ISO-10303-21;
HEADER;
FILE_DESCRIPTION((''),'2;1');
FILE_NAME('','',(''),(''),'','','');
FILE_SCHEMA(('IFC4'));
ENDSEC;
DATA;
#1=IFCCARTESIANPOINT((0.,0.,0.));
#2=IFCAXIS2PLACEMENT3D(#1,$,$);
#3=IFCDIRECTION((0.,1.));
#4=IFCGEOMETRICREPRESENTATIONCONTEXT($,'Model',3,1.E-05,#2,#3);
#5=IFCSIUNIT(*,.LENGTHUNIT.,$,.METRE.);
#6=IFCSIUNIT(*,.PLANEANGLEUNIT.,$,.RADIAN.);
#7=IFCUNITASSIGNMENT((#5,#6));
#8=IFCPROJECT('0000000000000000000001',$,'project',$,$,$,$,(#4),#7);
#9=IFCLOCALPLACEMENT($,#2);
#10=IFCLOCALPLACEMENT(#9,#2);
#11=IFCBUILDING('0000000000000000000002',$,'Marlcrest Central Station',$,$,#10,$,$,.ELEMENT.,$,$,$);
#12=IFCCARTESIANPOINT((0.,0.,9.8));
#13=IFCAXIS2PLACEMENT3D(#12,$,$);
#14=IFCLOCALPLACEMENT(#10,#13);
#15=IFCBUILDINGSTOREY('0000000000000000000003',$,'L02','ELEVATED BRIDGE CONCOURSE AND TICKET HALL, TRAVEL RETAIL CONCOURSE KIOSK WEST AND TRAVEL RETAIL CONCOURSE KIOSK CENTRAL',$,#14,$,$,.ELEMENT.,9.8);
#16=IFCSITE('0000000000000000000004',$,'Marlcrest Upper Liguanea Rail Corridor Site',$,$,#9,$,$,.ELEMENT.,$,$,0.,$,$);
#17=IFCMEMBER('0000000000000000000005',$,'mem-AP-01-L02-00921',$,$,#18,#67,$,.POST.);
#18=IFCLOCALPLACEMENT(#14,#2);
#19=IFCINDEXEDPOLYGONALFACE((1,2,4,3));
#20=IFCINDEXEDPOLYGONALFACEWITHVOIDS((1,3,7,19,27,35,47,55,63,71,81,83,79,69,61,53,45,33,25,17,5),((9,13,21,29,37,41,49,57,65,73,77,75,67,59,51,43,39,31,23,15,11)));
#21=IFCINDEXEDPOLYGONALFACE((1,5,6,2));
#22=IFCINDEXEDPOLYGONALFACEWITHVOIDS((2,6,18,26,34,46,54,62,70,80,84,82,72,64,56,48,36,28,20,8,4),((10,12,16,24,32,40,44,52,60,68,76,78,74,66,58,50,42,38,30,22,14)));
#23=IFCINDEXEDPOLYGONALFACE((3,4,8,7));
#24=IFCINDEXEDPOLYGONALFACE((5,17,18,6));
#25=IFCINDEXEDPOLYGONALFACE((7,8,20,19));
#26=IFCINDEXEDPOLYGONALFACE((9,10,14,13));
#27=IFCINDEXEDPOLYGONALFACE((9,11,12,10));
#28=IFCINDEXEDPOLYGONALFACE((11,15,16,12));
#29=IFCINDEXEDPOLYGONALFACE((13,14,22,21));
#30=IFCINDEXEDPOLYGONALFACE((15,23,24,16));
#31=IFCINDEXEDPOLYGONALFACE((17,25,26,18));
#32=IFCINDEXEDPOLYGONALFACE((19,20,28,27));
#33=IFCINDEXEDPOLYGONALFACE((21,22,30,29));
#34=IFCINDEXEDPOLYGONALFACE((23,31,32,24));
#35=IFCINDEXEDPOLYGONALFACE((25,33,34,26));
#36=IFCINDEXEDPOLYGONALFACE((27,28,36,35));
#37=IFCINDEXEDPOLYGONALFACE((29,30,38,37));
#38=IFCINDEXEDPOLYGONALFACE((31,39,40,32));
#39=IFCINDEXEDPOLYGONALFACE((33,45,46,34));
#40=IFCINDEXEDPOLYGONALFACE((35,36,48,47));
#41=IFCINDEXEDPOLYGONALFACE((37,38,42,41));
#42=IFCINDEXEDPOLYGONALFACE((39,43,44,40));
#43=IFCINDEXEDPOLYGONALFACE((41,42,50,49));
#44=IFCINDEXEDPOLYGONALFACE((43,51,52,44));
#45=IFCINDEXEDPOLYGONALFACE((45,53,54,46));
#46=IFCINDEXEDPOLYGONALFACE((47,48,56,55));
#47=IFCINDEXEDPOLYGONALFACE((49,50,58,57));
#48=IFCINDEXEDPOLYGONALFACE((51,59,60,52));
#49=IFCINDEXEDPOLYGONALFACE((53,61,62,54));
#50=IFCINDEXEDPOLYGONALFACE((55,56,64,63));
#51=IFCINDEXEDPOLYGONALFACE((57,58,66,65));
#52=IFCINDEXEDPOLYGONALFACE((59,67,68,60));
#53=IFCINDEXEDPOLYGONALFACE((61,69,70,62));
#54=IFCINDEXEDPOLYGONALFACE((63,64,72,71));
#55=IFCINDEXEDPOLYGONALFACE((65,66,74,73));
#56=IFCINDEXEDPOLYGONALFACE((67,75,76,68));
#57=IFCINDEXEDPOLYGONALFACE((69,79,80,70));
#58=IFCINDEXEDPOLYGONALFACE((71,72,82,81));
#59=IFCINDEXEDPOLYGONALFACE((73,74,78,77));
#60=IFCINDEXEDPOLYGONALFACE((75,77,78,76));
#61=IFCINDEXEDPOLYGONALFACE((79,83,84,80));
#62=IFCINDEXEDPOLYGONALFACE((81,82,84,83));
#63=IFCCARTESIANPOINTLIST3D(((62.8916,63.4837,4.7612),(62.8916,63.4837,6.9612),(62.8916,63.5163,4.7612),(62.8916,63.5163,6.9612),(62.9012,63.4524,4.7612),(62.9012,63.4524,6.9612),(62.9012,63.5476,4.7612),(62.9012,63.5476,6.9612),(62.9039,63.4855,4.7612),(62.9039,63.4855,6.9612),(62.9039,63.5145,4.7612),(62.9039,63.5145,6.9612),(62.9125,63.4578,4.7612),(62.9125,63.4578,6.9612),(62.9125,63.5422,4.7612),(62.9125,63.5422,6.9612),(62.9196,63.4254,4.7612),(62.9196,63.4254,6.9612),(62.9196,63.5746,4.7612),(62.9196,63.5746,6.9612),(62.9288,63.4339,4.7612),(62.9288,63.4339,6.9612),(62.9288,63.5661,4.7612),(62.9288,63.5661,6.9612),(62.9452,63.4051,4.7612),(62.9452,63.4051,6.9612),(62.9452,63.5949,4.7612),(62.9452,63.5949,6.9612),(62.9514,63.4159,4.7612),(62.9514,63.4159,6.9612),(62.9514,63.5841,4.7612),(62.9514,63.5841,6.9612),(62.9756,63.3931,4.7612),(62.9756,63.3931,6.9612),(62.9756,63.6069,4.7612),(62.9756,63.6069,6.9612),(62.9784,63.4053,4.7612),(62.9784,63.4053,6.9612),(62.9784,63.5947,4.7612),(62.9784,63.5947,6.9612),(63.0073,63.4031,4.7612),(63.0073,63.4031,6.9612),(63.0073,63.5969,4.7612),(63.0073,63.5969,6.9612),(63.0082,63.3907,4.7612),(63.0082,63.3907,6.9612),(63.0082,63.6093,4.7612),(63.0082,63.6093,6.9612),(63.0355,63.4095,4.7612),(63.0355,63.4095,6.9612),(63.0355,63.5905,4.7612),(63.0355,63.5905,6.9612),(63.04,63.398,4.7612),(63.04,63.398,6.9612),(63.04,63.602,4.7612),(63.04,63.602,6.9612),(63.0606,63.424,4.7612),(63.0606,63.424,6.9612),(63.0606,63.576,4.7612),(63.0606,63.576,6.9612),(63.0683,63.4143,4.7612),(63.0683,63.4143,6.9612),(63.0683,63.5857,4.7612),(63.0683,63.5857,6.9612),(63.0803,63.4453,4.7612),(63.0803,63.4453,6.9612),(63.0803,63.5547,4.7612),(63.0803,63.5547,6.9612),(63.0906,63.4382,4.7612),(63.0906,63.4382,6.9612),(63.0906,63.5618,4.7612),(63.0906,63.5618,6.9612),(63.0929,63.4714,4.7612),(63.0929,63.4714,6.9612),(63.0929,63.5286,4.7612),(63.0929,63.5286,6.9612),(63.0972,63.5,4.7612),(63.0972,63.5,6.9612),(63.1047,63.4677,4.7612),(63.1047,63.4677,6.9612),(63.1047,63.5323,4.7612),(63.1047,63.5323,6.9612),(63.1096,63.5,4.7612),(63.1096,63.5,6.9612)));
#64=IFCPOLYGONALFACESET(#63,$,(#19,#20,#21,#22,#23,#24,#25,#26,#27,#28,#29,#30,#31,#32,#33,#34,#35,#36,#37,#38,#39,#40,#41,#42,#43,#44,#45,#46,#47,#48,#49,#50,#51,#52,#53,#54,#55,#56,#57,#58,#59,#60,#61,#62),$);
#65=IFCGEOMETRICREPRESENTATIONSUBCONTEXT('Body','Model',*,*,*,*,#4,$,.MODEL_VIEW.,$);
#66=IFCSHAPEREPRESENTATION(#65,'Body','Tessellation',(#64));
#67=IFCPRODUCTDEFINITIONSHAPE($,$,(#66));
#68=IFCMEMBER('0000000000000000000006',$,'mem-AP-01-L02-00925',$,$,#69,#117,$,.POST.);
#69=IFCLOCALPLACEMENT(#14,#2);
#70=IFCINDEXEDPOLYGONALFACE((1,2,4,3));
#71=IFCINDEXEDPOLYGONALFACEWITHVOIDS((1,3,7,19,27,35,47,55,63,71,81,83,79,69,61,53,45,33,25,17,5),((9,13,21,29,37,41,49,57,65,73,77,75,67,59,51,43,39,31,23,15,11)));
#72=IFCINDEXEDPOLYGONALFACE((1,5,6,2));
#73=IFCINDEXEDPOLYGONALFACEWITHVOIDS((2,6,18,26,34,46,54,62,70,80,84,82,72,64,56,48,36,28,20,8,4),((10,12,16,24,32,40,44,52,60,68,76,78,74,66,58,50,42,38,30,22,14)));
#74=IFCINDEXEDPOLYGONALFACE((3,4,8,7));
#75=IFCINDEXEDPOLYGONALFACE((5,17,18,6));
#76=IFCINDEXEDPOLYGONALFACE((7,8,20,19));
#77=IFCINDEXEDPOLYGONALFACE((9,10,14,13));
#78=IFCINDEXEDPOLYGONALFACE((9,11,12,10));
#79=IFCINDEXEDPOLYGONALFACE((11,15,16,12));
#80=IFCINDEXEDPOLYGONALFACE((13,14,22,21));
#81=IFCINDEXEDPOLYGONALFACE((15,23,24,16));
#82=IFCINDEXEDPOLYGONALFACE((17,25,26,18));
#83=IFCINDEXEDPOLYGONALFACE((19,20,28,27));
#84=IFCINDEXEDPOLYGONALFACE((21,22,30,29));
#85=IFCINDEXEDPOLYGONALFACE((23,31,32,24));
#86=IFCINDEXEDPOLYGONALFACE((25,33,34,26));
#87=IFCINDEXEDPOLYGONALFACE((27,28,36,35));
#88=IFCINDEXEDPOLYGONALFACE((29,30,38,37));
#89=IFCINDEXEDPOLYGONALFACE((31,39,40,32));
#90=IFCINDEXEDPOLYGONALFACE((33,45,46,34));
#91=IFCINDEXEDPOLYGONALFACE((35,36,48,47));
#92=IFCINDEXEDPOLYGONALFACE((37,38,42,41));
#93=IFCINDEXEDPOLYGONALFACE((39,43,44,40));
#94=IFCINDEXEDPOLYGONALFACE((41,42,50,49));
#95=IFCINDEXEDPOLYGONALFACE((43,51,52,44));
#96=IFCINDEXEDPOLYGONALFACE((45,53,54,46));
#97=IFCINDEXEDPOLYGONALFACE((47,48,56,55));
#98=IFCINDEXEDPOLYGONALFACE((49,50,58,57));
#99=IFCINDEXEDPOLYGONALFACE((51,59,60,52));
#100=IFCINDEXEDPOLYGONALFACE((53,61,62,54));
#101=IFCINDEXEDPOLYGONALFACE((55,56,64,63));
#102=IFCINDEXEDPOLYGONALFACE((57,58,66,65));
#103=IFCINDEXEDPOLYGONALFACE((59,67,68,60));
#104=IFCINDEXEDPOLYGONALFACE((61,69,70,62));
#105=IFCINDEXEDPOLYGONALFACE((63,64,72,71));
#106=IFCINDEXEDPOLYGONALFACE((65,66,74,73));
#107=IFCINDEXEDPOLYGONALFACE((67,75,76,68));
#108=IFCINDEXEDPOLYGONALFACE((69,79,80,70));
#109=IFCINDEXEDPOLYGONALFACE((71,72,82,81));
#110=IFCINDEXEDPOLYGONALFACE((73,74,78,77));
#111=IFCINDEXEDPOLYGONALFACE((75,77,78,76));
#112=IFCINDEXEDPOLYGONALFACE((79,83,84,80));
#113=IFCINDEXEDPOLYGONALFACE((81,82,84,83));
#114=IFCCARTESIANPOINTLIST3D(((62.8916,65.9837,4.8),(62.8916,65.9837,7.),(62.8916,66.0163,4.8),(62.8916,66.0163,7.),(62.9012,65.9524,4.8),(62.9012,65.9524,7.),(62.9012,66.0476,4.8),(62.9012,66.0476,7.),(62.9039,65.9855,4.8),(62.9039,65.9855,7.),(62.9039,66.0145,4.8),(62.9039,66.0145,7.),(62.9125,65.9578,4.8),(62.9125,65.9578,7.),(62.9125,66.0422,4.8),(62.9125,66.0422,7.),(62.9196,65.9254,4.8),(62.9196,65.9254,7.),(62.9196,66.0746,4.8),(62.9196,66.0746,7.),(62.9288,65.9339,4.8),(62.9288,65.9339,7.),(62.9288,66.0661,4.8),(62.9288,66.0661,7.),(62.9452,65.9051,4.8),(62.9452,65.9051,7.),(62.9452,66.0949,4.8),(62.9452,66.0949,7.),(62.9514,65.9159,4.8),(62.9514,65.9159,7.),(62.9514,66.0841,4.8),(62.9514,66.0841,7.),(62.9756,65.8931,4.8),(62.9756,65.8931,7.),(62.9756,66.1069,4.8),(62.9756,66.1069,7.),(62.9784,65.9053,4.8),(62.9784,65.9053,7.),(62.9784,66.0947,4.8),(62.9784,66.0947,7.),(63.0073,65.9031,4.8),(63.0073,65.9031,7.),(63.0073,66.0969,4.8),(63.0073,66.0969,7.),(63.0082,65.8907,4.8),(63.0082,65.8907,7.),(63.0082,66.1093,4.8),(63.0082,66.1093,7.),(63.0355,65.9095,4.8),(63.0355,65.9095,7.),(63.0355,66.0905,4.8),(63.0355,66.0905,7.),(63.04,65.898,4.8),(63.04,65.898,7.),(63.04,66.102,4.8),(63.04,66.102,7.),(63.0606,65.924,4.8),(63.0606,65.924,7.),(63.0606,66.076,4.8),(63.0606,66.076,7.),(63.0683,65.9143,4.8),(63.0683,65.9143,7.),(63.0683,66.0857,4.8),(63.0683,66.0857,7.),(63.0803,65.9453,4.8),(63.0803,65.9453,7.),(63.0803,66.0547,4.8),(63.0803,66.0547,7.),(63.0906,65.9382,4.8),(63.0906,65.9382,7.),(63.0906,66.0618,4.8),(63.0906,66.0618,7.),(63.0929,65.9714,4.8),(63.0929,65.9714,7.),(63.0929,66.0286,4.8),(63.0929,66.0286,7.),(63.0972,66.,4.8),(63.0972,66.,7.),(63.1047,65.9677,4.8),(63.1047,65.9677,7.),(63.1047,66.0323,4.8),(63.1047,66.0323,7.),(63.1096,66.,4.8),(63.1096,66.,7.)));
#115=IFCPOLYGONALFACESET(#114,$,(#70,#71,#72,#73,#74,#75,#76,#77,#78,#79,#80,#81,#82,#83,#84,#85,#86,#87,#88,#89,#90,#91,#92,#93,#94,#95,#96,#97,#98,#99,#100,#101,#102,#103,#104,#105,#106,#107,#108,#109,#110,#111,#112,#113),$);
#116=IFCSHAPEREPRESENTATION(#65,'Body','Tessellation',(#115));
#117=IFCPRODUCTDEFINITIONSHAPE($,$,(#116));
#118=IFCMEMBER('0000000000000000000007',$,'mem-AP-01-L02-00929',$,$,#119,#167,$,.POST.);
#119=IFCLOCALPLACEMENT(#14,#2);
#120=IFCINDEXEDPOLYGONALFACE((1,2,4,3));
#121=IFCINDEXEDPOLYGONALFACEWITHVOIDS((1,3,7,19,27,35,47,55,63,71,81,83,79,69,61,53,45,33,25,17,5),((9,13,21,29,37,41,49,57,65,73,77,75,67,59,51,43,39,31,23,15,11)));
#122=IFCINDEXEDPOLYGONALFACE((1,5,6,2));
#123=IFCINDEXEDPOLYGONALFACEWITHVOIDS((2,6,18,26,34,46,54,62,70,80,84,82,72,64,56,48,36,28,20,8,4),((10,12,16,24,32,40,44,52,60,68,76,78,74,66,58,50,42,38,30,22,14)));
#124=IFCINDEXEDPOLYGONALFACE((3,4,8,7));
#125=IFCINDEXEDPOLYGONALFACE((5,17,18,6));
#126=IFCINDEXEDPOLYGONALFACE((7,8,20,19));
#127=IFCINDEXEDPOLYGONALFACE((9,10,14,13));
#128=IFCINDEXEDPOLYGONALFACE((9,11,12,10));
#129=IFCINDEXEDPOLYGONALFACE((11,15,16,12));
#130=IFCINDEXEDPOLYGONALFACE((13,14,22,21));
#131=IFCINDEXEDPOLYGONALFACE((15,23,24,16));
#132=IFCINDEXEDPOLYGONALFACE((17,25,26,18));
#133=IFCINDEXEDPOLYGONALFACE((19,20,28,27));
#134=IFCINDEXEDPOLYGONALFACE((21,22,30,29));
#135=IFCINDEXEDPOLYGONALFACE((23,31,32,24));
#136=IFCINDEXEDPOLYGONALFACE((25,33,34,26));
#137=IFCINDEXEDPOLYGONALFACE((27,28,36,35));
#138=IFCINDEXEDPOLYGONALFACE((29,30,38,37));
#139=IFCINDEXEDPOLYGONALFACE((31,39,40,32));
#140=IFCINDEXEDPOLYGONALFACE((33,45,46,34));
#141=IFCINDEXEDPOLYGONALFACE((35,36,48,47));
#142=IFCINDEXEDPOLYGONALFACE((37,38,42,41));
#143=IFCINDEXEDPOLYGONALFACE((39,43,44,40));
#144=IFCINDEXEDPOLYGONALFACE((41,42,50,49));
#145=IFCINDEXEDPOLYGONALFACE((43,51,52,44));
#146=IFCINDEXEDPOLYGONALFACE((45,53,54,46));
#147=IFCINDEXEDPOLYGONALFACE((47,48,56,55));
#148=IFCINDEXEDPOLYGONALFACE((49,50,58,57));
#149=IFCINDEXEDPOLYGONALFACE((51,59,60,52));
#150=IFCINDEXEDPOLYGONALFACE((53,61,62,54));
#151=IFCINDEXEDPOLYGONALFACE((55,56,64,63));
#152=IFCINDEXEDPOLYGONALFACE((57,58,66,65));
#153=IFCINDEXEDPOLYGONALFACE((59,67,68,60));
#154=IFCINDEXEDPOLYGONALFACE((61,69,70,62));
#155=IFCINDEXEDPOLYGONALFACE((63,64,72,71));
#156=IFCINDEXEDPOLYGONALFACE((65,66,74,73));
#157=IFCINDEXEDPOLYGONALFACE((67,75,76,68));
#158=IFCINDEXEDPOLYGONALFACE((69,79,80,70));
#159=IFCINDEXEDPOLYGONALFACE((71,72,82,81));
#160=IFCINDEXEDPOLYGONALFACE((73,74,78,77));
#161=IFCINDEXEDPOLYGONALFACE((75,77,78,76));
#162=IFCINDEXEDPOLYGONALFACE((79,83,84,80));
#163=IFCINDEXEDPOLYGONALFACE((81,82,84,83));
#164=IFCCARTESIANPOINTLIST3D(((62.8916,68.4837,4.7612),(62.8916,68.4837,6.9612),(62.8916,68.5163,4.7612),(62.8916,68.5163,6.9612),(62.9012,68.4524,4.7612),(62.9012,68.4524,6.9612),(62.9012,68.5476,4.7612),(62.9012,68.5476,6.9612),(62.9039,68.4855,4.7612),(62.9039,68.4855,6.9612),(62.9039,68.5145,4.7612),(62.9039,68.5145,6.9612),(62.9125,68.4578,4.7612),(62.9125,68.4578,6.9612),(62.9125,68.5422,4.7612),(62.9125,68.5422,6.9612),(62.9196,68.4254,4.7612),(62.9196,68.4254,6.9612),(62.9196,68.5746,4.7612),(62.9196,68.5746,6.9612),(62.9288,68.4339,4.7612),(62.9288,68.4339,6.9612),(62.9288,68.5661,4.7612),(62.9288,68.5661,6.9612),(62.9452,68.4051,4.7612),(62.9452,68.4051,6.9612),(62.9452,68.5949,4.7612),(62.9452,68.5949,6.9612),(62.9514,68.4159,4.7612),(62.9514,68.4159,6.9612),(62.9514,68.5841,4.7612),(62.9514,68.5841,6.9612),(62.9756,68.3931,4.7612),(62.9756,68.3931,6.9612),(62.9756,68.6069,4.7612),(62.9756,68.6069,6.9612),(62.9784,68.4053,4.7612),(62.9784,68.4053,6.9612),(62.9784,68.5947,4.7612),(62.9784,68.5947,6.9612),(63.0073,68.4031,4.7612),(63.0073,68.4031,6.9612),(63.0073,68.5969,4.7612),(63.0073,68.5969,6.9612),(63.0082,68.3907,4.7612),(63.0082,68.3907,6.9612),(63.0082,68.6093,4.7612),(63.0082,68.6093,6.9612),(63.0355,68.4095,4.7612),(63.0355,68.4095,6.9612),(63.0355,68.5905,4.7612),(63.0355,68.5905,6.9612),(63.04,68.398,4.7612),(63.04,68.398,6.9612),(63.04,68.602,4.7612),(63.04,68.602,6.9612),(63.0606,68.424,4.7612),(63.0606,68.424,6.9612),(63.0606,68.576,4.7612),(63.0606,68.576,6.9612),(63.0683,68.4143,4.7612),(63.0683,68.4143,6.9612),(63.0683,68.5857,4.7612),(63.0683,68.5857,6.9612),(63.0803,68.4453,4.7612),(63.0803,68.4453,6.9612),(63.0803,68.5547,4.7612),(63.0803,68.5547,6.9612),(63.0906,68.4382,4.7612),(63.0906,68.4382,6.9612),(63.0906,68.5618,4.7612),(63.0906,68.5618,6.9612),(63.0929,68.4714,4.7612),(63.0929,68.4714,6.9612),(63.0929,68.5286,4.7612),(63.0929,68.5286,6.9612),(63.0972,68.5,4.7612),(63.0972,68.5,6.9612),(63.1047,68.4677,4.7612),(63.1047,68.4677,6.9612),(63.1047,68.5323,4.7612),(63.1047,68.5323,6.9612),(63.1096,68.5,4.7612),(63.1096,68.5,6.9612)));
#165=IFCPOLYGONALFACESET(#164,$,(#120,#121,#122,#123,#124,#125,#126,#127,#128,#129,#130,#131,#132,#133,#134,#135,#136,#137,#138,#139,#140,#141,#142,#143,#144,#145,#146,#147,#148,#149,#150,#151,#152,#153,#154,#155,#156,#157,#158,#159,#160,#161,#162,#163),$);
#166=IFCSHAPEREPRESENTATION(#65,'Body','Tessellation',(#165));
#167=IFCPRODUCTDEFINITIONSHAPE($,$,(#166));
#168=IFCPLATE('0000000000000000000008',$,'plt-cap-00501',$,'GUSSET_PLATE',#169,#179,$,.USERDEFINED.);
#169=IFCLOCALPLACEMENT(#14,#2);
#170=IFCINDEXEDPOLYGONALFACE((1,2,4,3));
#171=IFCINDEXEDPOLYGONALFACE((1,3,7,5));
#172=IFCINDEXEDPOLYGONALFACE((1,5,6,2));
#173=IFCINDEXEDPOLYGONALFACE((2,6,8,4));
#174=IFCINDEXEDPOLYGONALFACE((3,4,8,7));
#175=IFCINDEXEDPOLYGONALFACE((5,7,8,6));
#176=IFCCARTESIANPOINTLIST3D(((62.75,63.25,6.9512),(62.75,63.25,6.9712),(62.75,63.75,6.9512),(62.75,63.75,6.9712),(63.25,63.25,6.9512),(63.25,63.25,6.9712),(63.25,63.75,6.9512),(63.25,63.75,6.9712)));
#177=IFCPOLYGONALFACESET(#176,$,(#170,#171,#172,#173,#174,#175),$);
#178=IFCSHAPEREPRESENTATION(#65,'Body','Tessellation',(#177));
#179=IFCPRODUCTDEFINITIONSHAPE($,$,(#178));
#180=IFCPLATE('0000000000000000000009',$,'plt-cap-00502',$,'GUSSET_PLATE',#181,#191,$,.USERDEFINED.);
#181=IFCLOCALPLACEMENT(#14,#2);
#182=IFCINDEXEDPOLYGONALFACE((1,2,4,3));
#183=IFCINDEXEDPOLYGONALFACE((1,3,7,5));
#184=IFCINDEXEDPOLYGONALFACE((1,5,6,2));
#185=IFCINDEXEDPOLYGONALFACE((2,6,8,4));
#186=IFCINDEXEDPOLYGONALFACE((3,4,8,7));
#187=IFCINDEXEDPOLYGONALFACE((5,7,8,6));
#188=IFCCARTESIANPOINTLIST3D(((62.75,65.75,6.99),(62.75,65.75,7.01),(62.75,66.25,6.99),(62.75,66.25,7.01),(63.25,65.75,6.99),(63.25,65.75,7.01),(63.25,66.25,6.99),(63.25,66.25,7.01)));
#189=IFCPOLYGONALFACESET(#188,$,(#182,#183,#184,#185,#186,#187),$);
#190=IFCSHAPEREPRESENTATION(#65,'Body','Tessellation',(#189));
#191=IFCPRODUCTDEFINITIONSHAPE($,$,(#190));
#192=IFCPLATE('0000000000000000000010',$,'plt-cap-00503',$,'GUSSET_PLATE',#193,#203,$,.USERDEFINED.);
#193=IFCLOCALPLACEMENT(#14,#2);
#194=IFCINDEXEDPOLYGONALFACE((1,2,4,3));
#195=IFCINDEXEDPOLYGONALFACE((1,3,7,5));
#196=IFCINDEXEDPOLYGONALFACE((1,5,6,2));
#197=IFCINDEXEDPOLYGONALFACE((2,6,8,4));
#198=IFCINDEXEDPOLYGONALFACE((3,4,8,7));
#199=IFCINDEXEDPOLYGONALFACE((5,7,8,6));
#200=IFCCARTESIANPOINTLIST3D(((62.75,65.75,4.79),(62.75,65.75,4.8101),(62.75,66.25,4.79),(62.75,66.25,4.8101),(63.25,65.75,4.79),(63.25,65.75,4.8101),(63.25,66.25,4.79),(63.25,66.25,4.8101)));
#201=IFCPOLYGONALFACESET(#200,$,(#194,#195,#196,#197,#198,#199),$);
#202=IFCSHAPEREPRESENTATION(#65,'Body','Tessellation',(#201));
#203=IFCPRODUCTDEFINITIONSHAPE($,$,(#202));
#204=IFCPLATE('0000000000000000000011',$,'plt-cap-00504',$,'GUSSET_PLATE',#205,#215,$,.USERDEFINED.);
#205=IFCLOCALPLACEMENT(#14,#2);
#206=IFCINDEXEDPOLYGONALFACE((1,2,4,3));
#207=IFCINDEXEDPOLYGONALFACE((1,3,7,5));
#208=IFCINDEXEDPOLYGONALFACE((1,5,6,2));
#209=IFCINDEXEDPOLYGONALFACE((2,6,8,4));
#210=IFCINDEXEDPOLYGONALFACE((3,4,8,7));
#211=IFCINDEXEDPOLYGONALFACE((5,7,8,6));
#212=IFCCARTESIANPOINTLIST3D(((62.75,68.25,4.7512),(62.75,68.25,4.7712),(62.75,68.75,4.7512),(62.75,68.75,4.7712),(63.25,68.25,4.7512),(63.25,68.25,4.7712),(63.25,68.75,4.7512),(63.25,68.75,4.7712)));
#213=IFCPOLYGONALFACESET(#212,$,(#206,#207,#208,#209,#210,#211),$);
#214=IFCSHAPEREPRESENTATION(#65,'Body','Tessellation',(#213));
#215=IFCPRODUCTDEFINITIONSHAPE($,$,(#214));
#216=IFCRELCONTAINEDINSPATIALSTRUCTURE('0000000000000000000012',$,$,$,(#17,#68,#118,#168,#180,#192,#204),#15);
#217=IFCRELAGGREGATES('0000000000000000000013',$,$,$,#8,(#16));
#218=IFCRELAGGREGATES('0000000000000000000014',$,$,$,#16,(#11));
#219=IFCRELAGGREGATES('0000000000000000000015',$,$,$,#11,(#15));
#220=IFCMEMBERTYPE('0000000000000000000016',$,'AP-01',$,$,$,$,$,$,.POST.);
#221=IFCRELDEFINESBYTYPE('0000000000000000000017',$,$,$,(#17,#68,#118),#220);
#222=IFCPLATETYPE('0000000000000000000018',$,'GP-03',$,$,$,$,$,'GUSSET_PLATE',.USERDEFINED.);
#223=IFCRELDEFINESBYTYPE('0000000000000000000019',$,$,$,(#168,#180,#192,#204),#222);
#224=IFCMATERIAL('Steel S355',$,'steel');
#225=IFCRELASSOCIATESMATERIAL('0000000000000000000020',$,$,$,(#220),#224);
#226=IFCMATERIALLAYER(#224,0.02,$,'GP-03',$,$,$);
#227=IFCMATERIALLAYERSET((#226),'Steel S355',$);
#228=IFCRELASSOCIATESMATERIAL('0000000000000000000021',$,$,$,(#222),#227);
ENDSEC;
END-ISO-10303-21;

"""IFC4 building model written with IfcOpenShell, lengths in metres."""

from ifc_helpers import new_model, si_unit, direction, frame, origin, origin_2d, place, context, subcontext, project, spatial, rectangle, hollow_circle, extrude, material, layer, layer_set, material_profile, profile_set, type_object, element, save


model = new_model("IFC4")

# Units and contexts
model_context = context("Model", 3, precision=1e-05, world=origin(), true_north=direction((0.0, 1.0)))
body_context = subcontext(model_context, "Body", "Model", "MODEL_VIEW")
ifc_project = project(units=[si_unit("LENGTHUNIT", "METRE"), si_unit("PLANEANGLEUNIT", "RADIAN")], contexts=[model_context])

# Site, building, storey
site_placement = place(None, origin())
site = spatial("IfcSite", under=ifc_project, at=site_placement, Name="Marlcrest Upper Liguanea Rail Corridor Site", CompositionType="ELEMENT", RefElevation=0.0)
building_placement = place(site_placement, origin())
building = spatial("IfcBuilding", under=site, at=building_placement, Name="Marlcrest Central Station", CompositionType="ELEMENT")
storey_placement = place(building_placement, frame((0.0, 0.0, 9.8)))
storey = spatial("IfcBuildingStorey", under=building, at=storey_placement, Name="L02", Description="ELEVATED BRIDGE CONCOURSE AND TICKET HALL, TRAVEL RETAIL CONCOURSE KIOSK WEST AND TRAVEL RETAIL CONCOURSE KIOSK CENTRAL", CompositionType="ELEMENT", Elevation=9.8)

# Members
ifc_material = material(Name="Steel S355", Category="steel")
ifc_material_profile_1 = material_profile(ifc_material, hollow_circle(Radius=0.1096, WallThickness=0.0125, at=origin_2d()), Name="CHS 219.1x12.5")
ifc_profile_set_1 = profile_set([ifc_material_profile_1], Name="Steel S355")
member_type_1 = type_object("IfcMemberType", Name="AP-01", PredefinedType="POST", material=ifc_profile_set_1)
for number, where, z_axis, x_axis, name in (
    (1, (63.0, 63.5, 4.7612), (0.0, 0.0, 1.0), (1.0, 0.0, 0.0), "mem-AP-01-L02-00921"),
    (2, (63.0, 66.0, 4.8), (0.0, 0.0, 1.0), (1.0, 0.0, 0.0), "mem-AP-01-L02-00925"),
    (3, (63.0, 68.5, 4.7612), (0.0, 0.0, 1.0), (1.0, 0.0, 0.0), "mem-AP-01-L02-00929"),
):
    element("IfcMember", number, at=place(storey_placement, frame(where, z_axis=z_axis, x_axis=x_axis)), inside=storey, type_object=member_type_1, Name=name, PredefinedType="POST", context=body_context, shape_type="SweptSolid", body=[
        extrude(hollow_circle(Radius=0.1096, WallThickness=0.0125, at=origin_2d()), origin(), (0.0, 0.0, 1.0), 2.2),
    ])

# Plates
ifc_layer = layer(ifc_material, 0.02, Name="GP-03")
ifc_layer_set = layer_set([ifc_layer], Name="Steel S355")
plate_type = type_object("IfcPlateType", Name="GP-03", ElementType="GUSSET_PLATE", PredefinedType="USERDEFINED", material=ifc_layer_set)
for number, where, z_axis, x_axis, name in (
    (4, (63.0, 63.5, 6.9512), (0.0, 0.0, 1.0), (1.0, 0.0, 0.0), "plt-cap-00501"),
    (5, (63.0, 66.0, 6.99), (0.0, 0.0, 1.0), (1.0, 0.0, 0.0), "plt-cap-00502"),
    (6, (63.0, 66.0, 4.79), (0.0, 0.0, 1.0), (1.0, 0.0, 0.0), "plt-cap-00503"),
    (7, (63.0, 68.5, 4.7512), (0.0, 0.0, 1.0), (1.0, 0.0, 0.0), "plt-cap-00504"),
):
    element("IfcPlate", number, at=place(storey_placement, frame(where, z_axis=z_axis, x_axis=x_axis)), inside=storey, type_object=plate_type, Name=name, ObjectType="GUSSET_PLATE", PredefinedType="USERDEFINED", context=body_context, shape_type="SweptSolid", body=[
        extrude(rectangle(XDim=0.5, YDim=0.5, at=origin_2d()), origin(), (0.0, 0.0, 1.0), 0.02),
    ])

save(model, "model.ifc")
